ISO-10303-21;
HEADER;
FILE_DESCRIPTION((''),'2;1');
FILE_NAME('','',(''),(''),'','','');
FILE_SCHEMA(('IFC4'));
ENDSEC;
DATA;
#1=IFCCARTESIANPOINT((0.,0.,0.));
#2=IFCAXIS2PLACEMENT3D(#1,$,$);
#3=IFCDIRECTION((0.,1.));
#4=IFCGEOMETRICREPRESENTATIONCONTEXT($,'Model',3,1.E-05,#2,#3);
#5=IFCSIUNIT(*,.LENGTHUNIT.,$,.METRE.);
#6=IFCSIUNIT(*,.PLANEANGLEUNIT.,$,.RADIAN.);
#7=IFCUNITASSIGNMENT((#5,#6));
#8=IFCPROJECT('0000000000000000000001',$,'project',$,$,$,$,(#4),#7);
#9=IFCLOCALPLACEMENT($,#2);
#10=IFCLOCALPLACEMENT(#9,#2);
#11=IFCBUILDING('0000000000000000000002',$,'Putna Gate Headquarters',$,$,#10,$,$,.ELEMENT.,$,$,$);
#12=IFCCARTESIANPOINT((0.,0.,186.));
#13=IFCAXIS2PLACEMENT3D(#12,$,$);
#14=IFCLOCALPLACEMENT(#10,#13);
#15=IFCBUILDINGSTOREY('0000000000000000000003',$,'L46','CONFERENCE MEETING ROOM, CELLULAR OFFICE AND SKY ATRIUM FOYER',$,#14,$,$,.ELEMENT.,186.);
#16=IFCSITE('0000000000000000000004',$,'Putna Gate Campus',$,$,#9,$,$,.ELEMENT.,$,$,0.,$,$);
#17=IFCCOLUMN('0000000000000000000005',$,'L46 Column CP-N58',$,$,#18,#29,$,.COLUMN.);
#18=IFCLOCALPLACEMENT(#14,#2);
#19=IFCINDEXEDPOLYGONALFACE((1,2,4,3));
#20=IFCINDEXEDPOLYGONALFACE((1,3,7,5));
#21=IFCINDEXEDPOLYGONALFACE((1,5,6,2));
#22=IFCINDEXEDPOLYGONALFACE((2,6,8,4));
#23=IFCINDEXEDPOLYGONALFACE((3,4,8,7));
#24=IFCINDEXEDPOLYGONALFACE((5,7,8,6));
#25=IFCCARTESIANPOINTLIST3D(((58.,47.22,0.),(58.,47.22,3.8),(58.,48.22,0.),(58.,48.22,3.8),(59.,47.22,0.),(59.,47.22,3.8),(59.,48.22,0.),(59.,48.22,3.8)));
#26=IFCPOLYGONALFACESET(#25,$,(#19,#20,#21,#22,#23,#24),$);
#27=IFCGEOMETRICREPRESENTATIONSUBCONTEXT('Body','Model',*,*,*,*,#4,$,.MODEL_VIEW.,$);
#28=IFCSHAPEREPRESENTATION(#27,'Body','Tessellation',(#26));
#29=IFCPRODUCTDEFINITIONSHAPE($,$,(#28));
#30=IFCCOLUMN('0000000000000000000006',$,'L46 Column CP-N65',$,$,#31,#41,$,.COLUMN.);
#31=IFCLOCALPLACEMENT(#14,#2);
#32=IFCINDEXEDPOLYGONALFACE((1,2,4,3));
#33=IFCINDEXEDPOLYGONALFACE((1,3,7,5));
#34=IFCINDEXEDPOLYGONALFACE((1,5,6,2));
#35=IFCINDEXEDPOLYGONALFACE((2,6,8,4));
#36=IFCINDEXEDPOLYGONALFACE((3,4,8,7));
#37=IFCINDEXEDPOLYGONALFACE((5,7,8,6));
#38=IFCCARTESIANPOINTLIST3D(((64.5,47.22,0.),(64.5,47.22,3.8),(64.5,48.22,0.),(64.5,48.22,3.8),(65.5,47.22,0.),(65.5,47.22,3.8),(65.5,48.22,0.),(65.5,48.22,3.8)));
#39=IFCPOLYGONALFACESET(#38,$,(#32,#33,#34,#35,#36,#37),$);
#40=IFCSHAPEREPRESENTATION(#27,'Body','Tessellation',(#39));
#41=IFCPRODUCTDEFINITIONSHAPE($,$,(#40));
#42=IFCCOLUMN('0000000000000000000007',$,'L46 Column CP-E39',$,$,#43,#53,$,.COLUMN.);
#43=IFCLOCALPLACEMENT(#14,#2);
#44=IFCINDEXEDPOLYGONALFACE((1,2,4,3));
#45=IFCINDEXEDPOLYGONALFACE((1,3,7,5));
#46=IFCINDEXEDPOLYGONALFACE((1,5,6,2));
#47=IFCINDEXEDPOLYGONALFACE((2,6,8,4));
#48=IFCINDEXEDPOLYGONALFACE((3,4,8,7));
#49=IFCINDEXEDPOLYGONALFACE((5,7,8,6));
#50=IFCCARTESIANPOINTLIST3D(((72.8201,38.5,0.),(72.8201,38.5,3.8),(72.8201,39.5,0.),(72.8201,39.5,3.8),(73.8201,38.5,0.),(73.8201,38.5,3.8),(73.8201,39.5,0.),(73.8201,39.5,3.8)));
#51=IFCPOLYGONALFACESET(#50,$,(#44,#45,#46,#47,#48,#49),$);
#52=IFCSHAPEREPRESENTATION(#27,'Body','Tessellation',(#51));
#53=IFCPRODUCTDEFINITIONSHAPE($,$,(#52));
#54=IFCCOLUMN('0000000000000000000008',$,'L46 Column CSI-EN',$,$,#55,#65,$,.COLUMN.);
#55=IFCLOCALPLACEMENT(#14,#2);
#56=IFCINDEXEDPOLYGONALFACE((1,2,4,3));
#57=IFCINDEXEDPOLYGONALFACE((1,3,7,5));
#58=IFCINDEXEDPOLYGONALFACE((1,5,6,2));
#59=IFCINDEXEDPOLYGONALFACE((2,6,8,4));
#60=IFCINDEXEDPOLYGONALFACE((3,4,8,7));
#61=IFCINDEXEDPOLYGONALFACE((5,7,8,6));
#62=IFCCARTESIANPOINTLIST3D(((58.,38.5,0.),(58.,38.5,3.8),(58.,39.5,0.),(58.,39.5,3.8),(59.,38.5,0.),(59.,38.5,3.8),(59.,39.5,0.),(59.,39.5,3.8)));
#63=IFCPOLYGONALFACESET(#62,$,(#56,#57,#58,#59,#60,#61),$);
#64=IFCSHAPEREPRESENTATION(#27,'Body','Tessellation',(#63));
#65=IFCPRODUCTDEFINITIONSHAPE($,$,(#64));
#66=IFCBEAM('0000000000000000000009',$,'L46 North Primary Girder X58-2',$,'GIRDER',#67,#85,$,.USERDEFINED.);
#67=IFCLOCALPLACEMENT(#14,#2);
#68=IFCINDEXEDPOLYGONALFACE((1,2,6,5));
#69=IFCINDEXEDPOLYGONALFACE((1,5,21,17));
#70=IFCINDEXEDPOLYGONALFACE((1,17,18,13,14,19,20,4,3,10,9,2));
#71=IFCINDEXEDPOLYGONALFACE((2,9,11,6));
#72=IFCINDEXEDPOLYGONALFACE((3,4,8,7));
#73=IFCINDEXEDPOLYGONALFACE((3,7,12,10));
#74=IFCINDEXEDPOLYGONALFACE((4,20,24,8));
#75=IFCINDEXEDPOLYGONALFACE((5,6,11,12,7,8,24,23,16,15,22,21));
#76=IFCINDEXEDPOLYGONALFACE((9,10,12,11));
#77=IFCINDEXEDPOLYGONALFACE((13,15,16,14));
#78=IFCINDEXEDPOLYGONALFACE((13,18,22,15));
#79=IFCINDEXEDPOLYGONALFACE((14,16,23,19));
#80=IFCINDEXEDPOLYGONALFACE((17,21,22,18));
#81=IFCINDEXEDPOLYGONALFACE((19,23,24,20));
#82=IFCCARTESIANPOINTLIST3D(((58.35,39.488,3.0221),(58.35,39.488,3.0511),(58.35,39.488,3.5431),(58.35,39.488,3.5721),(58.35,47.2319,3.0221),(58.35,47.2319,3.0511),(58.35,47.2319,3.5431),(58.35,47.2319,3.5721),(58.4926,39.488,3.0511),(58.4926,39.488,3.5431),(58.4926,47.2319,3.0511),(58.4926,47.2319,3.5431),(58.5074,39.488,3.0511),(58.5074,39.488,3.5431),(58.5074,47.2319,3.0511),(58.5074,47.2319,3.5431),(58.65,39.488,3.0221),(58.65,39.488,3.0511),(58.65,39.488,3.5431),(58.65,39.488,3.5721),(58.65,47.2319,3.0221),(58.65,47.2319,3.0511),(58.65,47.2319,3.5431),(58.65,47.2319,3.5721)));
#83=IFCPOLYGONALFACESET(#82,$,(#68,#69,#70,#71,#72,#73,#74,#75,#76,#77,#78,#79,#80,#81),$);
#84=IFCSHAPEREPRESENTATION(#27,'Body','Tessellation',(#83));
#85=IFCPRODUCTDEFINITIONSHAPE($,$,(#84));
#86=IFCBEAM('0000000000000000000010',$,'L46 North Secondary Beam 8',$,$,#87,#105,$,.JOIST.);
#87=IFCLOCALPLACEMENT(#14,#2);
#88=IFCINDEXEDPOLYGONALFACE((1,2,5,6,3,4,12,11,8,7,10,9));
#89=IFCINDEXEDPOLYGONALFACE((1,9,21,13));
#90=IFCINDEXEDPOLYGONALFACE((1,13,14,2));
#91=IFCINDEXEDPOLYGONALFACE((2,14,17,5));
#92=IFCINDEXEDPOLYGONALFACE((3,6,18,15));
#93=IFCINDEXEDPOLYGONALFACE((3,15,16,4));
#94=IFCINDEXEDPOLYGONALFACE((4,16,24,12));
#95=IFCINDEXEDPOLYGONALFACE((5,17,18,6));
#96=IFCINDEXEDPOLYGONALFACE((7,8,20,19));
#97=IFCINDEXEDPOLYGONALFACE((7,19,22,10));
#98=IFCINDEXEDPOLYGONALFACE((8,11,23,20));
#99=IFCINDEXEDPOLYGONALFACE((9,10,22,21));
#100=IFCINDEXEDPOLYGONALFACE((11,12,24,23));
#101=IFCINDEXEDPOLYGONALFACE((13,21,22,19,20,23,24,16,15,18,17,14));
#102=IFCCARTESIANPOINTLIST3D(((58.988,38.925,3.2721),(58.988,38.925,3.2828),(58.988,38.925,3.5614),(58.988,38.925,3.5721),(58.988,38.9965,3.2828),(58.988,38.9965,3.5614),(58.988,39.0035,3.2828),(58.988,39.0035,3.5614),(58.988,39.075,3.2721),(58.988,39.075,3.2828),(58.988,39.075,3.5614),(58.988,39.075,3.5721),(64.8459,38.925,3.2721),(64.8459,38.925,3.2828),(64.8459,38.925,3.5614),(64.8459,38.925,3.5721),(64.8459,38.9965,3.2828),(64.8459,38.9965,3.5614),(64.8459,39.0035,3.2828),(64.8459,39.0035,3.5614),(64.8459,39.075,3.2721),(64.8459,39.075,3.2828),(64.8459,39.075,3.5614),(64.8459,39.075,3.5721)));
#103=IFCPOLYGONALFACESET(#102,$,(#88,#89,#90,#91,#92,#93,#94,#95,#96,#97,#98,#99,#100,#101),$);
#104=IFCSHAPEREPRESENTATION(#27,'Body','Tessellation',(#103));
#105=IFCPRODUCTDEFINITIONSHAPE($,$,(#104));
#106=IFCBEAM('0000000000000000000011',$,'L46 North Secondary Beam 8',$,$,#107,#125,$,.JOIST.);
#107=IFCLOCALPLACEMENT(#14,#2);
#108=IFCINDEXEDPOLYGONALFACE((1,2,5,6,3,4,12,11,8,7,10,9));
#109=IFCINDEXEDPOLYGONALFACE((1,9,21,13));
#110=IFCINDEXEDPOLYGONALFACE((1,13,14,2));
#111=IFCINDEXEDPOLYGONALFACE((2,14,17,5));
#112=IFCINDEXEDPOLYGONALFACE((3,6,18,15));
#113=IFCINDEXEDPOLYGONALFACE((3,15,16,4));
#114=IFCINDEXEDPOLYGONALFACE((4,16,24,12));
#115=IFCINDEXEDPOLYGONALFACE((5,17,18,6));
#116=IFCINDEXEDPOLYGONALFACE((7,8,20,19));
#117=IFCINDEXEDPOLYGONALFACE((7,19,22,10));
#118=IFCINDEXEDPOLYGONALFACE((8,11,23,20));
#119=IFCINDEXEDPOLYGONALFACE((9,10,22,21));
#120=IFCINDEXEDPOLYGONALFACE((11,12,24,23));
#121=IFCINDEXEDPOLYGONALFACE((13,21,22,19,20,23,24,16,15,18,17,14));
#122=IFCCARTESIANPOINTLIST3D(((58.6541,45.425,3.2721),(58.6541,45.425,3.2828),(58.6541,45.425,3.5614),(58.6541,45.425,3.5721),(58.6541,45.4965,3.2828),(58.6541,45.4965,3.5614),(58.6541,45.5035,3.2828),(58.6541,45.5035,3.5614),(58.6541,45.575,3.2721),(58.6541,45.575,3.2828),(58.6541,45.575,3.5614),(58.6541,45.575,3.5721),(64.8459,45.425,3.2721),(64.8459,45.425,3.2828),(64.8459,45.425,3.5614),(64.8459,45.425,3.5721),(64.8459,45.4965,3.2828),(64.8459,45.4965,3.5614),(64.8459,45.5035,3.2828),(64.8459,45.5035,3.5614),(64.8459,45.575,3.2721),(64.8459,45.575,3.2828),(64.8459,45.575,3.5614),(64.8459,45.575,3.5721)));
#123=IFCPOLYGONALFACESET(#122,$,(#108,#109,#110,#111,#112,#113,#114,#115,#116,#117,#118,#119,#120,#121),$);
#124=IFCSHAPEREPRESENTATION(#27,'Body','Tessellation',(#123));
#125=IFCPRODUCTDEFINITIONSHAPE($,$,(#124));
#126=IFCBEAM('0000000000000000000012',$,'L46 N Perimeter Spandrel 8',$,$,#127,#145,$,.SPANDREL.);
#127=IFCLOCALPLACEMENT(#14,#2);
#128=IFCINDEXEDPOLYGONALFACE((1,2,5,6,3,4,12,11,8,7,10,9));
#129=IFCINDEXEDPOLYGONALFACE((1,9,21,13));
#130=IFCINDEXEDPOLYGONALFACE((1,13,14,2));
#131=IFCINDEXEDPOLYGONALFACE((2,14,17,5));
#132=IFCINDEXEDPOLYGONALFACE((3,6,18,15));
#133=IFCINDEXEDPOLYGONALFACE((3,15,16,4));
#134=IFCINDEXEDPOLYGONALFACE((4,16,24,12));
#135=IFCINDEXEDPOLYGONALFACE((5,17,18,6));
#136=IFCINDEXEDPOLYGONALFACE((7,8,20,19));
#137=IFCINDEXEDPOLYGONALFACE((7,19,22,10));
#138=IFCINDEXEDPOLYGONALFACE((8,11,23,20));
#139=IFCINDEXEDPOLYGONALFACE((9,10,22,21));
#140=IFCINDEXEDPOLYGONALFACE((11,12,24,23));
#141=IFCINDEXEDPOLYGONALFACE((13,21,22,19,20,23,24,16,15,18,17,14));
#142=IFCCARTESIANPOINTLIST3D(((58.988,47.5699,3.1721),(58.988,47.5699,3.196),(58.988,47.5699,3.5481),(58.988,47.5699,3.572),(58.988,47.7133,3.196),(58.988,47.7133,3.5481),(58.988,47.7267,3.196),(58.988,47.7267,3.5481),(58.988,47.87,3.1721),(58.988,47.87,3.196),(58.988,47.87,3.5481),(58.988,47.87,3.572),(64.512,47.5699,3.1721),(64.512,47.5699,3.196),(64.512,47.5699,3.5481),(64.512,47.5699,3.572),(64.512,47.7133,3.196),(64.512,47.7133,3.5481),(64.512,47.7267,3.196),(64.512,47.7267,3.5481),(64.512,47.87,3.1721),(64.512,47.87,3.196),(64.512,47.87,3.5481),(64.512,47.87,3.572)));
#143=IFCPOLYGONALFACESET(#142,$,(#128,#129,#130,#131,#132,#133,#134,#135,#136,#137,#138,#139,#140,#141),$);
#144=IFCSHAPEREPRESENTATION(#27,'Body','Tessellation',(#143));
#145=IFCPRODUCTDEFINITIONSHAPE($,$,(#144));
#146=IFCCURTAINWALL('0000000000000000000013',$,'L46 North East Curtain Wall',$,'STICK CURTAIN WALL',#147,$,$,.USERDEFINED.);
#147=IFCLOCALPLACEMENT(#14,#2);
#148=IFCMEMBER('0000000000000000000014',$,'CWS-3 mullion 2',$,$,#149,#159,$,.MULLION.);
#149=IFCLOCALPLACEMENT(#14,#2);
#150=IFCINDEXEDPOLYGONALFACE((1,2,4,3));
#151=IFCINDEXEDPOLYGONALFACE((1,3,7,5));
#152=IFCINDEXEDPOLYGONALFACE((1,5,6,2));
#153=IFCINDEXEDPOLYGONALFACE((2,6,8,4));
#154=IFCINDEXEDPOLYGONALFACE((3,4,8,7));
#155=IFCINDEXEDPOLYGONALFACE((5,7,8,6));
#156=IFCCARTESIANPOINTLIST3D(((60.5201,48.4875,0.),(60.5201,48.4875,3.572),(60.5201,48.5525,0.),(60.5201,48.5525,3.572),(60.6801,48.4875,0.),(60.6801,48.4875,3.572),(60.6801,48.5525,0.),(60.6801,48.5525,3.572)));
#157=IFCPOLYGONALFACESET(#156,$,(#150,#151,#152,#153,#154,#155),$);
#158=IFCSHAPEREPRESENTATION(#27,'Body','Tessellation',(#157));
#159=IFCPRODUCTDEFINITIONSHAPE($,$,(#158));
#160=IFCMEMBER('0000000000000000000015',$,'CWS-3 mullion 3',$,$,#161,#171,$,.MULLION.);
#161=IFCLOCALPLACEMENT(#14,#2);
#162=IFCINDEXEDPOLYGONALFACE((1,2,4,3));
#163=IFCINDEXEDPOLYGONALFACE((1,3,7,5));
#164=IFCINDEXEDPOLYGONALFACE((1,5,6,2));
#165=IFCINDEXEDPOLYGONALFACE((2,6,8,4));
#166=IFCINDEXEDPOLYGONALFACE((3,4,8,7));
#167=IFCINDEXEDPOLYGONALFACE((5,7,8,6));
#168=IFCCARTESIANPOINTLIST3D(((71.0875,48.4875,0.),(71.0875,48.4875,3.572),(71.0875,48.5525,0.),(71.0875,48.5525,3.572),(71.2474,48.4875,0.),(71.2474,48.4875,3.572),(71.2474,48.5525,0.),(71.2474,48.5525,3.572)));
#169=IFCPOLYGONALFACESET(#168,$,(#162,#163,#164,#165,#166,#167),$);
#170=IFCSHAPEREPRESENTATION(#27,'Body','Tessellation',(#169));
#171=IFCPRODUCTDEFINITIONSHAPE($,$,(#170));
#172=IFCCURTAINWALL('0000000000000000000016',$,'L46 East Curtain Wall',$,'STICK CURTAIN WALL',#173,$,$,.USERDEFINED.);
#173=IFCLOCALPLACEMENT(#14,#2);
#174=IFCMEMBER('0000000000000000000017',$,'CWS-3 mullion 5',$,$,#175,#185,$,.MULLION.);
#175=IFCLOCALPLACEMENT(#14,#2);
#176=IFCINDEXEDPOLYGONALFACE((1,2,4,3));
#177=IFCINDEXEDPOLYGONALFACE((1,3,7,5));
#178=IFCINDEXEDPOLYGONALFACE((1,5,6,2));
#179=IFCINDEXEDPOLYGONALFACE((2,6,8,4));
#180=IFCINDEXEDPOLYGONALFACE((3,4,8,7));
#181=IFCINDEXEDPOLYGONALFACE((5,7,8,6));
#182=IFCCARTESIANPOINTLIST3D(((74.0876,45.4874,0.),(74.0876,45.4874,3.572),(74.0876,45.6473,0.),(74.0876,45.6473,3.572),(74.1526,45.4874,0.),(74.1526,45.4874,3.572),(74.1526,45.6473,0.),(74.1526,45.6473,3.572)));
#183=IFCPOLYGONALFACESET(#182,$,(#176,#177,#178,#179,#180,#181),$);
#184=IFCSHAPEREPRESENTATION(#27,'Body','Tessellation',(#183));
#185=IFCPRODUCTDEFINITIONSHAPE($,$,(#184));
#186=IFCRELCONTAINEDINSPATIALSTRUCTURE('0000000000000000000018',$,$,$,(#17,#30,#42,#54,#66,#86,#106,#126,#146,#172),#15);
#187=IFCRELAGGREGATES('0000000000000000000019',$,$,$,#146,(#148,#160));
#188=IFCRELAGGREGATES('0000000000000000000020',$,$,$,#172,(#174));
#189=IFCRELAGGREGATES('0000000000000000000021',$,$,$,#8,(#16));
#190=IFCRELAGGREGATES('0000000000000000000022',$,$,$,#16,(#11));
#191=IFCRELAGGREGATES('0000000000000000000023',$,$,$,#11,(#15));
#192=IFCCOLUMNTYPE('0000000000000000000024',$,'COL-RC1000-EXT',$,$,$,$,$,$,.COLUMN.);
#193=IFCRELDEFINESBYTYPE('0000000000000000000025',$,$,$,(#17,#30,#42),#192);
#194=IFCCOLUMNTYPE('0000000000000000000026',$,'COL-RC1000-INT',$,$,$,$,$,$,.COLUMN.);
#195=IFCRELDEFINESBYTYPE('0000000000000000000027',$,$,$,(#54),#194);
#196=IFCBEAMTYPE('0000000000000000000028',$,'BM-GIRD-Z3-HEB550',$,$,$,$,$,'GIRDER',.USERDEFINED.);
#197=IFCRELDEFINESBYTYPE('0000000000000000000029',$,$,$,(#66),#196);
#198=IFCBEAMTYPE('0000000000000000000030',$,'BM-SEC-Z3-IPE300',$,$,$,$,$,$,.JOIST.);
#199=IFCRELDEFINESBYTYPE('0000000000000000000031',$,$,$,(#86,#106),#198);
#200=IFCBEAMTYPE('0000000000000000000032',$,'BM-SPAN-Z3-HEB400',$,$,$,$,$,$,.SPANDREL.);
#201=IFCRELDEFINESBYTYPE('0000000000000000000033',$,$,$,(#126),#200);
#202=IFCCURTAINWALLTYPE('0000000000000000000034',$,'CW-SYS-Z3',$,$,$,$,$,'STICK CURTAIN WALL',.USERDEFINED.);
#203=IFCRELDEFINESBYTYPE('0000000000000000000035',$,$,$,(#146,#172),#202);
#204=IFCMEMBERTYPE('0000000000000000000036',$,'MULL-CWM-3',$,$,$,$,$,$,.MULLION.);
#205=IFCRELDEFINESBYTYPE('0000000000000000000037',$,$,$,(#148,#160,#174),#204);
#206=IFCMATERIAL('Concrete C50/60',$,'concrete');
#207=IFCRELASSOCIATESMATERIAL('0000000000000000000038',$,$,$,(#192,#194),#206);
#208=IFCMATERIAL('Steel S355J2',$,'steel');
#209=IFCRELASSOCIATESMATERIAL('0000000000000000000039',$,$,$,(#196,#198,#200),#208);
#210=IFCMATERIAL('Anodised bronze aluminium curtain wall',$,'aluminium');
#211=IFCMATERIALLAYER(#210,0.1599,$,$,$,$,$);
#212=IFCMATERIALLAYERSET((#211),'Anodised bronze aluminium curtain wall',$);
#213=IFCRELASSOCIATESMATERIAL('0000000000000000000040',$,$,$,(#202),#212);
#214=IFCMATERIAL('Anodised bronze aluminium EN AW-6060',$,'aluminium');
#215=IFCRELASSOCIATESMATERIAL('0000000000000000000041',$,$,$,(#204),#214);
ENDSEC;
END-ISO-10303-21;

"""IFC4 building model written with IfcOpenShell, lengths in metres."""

from ifc_helpers import new_model, si_unit, direction, frame, origin, origin_2d, place, context, subcontext, project, spatial, rectangle, i_section, extrude, material, layer, layer_set, material_profile, profile_set, type_object, element, aggregate, save


model = new_model("IFC4")

# Units and contexts
model_context = context("Model", 3, precision=1e-05, world=origin(), true_north=direction((0.0, 1.0)))
body_context = subcontext(model_context, "Body", "Model", "MODEL_VIEW")
ifc_project = project(units=[si_unit("LENGTHUNIT", "METRE"), si_unit("PLANEANGLEUNIT", "RADIAN")], contexts=[model_context])

# Site, building, storey
site_placement = place(None, origin())
site = spatial("IfcSite", under=ifc_project, at=site_placement, Name="Putna Gate Campus", CompositionType="ELEMENT", RefElevation=0.0)
building_placement = place(site_placement, origin())
building = spatial("IfcBuilding", under=site, at=building_placement, Name="Putna Gate Headquarters", CompositionType="ELEMENT")
storey_placement = place(building_placement, frame((0.0, 0.0, 186.0)))
storey = spatial("IfcBuildingStorey", under=building, at=storey_placement, Name="L46", Description="CONFERENCE MEETING ROOM, CELLULAR OFFICE AND SKY ATRIUM FOYER", CompositionType="ELEMENT", Elevation=186.0)

# Columns
ifc_material_1 = material(Name="Concrete C50/60", Category="concrete")
ifc_material_profile_1 = material_profile(ifc_material_1, rectangle(XDim=1.0, YDim=1.0, at=origin_2d()), Name="Concrete C50/60")
ifc_profile_set_1 = profile_set([ifc_material_profile_1], Name="Concrete C50/60")
column_type_1 = type_object("IfcColumnType", Name="COL-RC1000-EXT", PredefinedType="COLUMN", material=ifc_profile_set_1)
for number, where, z_axis, x_axis, name in (
    (1, (58.5, 47.72, 0.0), (0.0, 0.0, 1.0), (1.0, 0.0, 0.0), "L46 Column CP-N58"),
    (2, (65.0, 47.72, 0.0), (0.0, 0.0, 1.0), (1.0, 0.0, 0.0), "L46 Column CP-N65"),
    (3, (73.3201, 39.0, 0.0), (0.0, 0.0, 1.0), (1.0, 0.0, 0.0), "L46 Column CP-E39"),
):
    element("IfcColumn", number, at=place(storey_placement, frame(where, z_axis=z_axis, x_axis=x_axis)), inside=storey, type_object=column_type_1, Name=name, PredefinedType="COLUMN", context=body_context, shape_type="SweptSolid", body=[
        extrude(rectangle(XDim=1.0, YDim=1.0, at=origin_2d()), origin(), (0.0, 0.0, 1.0), 3.8),
    ])
ifc_material_profile_2 = material_profile(ifc_material_1, rectangle(XDim=1.0, YDim=1.0, at=origin_2d()), Name="Concrete C50/60")
ifc_profile_set_2 = profile_set([ifc_material_profile_2], Name="Concrete C50/60")
column_type_2 = type_object("IfcColumnType", Name="COL-RC1000-INT", PredefinedType="COLUMN", material=ifc_profile_set_2)
column_placement = place(storey_placement, frame((58.5, 39.0, 0.0), z_axis=(0.0, 0.0, 1.0), x_axis=(1.0, 0.0, 0.0)))
element("IfcColumn", 4, at=column_placement, inside=storey, type_object=column_type_2, Name="L46 Column CSI-EN", PredefinedType="COLUMN", context=body_context, shape_type="SweptSolid", body=[
    extrude(rectangle(XDim=1.0, YDim=1.0, at=origin_2d()), origin(), (0.0, 0.0, 1.0), 3.8),
])

# Beams
ifc_material_2 = material(Name="Steel S355J2", Category="steel")
ifc_material_profile_3 = material_profile(ifc_material_2, i_section(OverallWidth=0.3, OverallDepth=0.55, WebThickness=0.0149, FlangeThickness=0.0291, at=origin_2d()), Name="Steel S355J2")
ifc_profile_set_3 = profile_set([ifc_material_profile_3], Name="Steel S355J2")
beam_type_1 = type_object("IfcBeamType", Name="BM-GIRD-Z3-HEB550", ElementType="GIRDER", PredefinedType="USERDEFINED", material=ifc_profile_set_3)
beam_1_placement = place(storey_placement, frame((58.5, 39.488, 3.2971), z_axis=(0.0, 1.0, 0.0), x_axis=(-1.0, 0.0, 0.0)))
element("IfcBeam", 5, at=beam_1_placement, inside=storey, type_object=beam_type_1, Name="L46 North Primary Girder X58-2", ObjectType="GIRDER", PredefinedType="USERDEFINED", context=body_context, shape_type="SweptSolid", body=[
    extrude(i_section(OverallWidth=0.3, OverallDepth=0.55, WebThickness=0.0149, FlangeThickness=0.0291, at=origin_2d()), origin(), (0.0, 0.0, 1.0), 7.7439),
])
ifc_material_profile_4 = material_profile(ifc_material_2, i_section(OverallWidth=0.1499, OverallDepth=0.3, WebThickness=0.0071, FlangeThickness=0.0107, at=origin_2d()), Name="Steel S355J2")
ifc_profile_set_4 = profile_set([ifc_material_profile_4], Name="Steel S355J2")
beam_type_2 = type_object("IfcBeamType", Name="BM-SEC-Z3-IPE300", PredefinedType="JOIST", material=ifc_profile_set_4)
beam_2_placement = place(storey_placement, frame((58.988, 39.0, 3.4221), z_axis=(1.0, 0.0, 0.0), x_axis=(0.0, 1.0, 0.0)))
element("IfcBeam", 6, at=beam_2_placement, inside=storey, type_object=beam_type_2, Name="L46 North Secondary Beam 8", PredefinedType="JOIST", context=body_context, shape_type="SweptSolid", body=[
    extrude(i_section(OverallWidth=0.1499, OverallDepth=0.3, WebThickness=0.0071, FlangeThickness=0.0107, at=origin_2d()), origin(), (0.0, 0.0, 1.0), 5.8579),
])
beam_3_placement = place(storey_placement, frame((58.6541, 45.5, 3.4221), z_axis=(1.0, 0.0, 0.0), x_axis=(0.0, 1.0, 0.0)))
element("IfcBeam", 7, at=beam_3_placement, inside=storey, type_object=beam_type_2, Name="L46 North Secondary Beam 8", PredefinedType="JOIST", context=body_context, shape_type="SweptSolid", body=[
    extrude(i_section(OverallWidth=0.1499, OverallDepth=0.3, WebThickness=0.0071, FlangeThickness=0.0107, at=origin_2d()), origin(), (0.0, 0.0, 1.0), 6.1919),
])
ifc_material_profile_5 = material_profile(ifc_material_2, i_section(OverallWidth=0.3, OverallDepth=0.3999, WebThickness=0.0134, FlangeThickness=0.0239, at=origin_2d()), Name="Steel S355J2")
ifc_profile_set_5 = profile_set([ifc_material_profile_5], Name="Steel S355J2")
beam_type_3 = type_object("IfcBeamType", Name="BM-SPAN-Z3-HEB400", PredefinedType="SPANDREL", material=ifc_profile_set_5)
beam_4_placement = place(storey_placement, frame((58.988, 47.72, 3.3721), z_axis=(1.0, 0.0, 0.0), x_axis=(0.0, 1.0, 0.0)))
element("IfcBeam", 8, at=beam_4_placement, inside=storey, type_object=beam_type_3, Name="L46 N Perimeter Spandrel 8", PredefinedType="SPANDREL", context=body_context, shape_type="SweptSolid", body=[
    extrude(i_section(OverallWidth=0.3, OverallDepth=0.3999, WebThickness=0.0134, FlangeThickness=0.0239, at=origin_2d()), origin(), (0.0, 0.0, 1.0), 5.5239),
])

# Curtain wall, members
ifc_material_3 = material(Name="Anodised bronze aluminium curtain wall", Category="aluminium")
ifc_layer_1 = layer(ifc_material_3, 0.1599)
ifc_layer_set_1 = layer_set([ifc_layer_1], Name="Anodised bronze aluminium curtain wall")
curtain_wall_type = type_object("IfcCurtainWallType", Name="CW-SYS-Z3", ElementType="STICK CURTAIN WALL", PredefinedType="USERDEFINED", material=ifc_layer_set_1)
curtain_wall_1_placement = place(storey_placement, origin())
curtain_wall_1 = element("IfcCurtainWall", 9, at=curtain_wall_1_placement, inside=storey, type_object=curtain_wall_type, Name="L46 North East Curtain Wall", ObjectType="STICK CURTAIN WALL", PredefinedType="USERDEFINED")
ifc_material_4 = material(Name="Anodised bronze aluminium EN AW-6060", Category="aluminium")
ifc_material_profile_6 = material_profile(ifc_material_4, rectangle(XDim=0.0649, YDim=0.1599, at=origin_2d()), Name="Anodised bronze aluminium EN AW-6060")
ifc_profile_set_6 = profile_set([ifc_material_profile_6], Name="Anodised bronze aluminium EN AW-6060")
member_type_1 = type_object("IfcMemberType", Name="MULL-CWM-3", PredefinedType="MULLION", material=ifc_profile_set_6)
member_1_placement = place(storey_placement, frame((60.6001, 48.52, 0.0), z_axis=(0.0, 0.0, 1.0), x_axis=(0.0, 1.0, 0.0)))
member_1 = element("IfcMember", 10, at=member_1_placement, type_object=member_type_1, Name="CWS-3 mullion 2", PredefinedType="MULLION", context=body_context, shape_type="SweptSolid", body=[
    extrude(rectangle(XDim=0.0649, YDim=0.1599, at=origin_2d()), origin(), (0.0, 0.0, 1.0), 3.572),
])
member_2_placement = place(storey_placement, frame((71.1675, 48.52, 0.0), z_axis=(0.0, 0.0, 1.0), x_axis=(0.0, 1.0, 0.0)))
member_2 = element("IfcMember", 11, at=member_2_placement, type_object=member_type_1, Name="CWS-3 mullion 3", PredefinedType="MULLION", context=body_context, shape_type="SweptSolid", body=[
    extrude(rectangle(XDim=0.0649, YDim=0.1599, at=origin_2d()), origin(), (0.0, 0.0, 1.0), 3.572),
])

# Curtain wall, member
curtain_wall_2_placement = place(storey_placement, origin())
curtain_wall_2 = element("IfcCurtainWall", 12, at=curtain_wall_2_placement, inside=storey, type_object=curtain_wall_type, Name="L46 East Curtain Wall", ObjectType="STICK CURTAIN WALL", PredefinedType="USERDEFINED")
member_3_placement = place(storey_placement, frame((74.1201, 45.5674, 0.0), z_axis=(0.0, 0.0, 1.0), x_axis=(-1.0, 0.0, 0.0)))
member_3 = element("IfcMember", 13, at=member_3_placement, type_object=member_type_1, Name="CWS-3 mullion 5", PredefinedType="MULLION", context=body_context, shape_type="SweptSolid", body=[
    extrude(rectangle(XDim=0.0649, YDim=0.1599, at=origin_2d()), origin(), (0.0, 0.0, 1.0), 3.572),
])

aggregate(curtain_wall_1, [member_1, member_2])
aggregate(curtain_wall_2, [member_3])

save(model, "model.ifc")
